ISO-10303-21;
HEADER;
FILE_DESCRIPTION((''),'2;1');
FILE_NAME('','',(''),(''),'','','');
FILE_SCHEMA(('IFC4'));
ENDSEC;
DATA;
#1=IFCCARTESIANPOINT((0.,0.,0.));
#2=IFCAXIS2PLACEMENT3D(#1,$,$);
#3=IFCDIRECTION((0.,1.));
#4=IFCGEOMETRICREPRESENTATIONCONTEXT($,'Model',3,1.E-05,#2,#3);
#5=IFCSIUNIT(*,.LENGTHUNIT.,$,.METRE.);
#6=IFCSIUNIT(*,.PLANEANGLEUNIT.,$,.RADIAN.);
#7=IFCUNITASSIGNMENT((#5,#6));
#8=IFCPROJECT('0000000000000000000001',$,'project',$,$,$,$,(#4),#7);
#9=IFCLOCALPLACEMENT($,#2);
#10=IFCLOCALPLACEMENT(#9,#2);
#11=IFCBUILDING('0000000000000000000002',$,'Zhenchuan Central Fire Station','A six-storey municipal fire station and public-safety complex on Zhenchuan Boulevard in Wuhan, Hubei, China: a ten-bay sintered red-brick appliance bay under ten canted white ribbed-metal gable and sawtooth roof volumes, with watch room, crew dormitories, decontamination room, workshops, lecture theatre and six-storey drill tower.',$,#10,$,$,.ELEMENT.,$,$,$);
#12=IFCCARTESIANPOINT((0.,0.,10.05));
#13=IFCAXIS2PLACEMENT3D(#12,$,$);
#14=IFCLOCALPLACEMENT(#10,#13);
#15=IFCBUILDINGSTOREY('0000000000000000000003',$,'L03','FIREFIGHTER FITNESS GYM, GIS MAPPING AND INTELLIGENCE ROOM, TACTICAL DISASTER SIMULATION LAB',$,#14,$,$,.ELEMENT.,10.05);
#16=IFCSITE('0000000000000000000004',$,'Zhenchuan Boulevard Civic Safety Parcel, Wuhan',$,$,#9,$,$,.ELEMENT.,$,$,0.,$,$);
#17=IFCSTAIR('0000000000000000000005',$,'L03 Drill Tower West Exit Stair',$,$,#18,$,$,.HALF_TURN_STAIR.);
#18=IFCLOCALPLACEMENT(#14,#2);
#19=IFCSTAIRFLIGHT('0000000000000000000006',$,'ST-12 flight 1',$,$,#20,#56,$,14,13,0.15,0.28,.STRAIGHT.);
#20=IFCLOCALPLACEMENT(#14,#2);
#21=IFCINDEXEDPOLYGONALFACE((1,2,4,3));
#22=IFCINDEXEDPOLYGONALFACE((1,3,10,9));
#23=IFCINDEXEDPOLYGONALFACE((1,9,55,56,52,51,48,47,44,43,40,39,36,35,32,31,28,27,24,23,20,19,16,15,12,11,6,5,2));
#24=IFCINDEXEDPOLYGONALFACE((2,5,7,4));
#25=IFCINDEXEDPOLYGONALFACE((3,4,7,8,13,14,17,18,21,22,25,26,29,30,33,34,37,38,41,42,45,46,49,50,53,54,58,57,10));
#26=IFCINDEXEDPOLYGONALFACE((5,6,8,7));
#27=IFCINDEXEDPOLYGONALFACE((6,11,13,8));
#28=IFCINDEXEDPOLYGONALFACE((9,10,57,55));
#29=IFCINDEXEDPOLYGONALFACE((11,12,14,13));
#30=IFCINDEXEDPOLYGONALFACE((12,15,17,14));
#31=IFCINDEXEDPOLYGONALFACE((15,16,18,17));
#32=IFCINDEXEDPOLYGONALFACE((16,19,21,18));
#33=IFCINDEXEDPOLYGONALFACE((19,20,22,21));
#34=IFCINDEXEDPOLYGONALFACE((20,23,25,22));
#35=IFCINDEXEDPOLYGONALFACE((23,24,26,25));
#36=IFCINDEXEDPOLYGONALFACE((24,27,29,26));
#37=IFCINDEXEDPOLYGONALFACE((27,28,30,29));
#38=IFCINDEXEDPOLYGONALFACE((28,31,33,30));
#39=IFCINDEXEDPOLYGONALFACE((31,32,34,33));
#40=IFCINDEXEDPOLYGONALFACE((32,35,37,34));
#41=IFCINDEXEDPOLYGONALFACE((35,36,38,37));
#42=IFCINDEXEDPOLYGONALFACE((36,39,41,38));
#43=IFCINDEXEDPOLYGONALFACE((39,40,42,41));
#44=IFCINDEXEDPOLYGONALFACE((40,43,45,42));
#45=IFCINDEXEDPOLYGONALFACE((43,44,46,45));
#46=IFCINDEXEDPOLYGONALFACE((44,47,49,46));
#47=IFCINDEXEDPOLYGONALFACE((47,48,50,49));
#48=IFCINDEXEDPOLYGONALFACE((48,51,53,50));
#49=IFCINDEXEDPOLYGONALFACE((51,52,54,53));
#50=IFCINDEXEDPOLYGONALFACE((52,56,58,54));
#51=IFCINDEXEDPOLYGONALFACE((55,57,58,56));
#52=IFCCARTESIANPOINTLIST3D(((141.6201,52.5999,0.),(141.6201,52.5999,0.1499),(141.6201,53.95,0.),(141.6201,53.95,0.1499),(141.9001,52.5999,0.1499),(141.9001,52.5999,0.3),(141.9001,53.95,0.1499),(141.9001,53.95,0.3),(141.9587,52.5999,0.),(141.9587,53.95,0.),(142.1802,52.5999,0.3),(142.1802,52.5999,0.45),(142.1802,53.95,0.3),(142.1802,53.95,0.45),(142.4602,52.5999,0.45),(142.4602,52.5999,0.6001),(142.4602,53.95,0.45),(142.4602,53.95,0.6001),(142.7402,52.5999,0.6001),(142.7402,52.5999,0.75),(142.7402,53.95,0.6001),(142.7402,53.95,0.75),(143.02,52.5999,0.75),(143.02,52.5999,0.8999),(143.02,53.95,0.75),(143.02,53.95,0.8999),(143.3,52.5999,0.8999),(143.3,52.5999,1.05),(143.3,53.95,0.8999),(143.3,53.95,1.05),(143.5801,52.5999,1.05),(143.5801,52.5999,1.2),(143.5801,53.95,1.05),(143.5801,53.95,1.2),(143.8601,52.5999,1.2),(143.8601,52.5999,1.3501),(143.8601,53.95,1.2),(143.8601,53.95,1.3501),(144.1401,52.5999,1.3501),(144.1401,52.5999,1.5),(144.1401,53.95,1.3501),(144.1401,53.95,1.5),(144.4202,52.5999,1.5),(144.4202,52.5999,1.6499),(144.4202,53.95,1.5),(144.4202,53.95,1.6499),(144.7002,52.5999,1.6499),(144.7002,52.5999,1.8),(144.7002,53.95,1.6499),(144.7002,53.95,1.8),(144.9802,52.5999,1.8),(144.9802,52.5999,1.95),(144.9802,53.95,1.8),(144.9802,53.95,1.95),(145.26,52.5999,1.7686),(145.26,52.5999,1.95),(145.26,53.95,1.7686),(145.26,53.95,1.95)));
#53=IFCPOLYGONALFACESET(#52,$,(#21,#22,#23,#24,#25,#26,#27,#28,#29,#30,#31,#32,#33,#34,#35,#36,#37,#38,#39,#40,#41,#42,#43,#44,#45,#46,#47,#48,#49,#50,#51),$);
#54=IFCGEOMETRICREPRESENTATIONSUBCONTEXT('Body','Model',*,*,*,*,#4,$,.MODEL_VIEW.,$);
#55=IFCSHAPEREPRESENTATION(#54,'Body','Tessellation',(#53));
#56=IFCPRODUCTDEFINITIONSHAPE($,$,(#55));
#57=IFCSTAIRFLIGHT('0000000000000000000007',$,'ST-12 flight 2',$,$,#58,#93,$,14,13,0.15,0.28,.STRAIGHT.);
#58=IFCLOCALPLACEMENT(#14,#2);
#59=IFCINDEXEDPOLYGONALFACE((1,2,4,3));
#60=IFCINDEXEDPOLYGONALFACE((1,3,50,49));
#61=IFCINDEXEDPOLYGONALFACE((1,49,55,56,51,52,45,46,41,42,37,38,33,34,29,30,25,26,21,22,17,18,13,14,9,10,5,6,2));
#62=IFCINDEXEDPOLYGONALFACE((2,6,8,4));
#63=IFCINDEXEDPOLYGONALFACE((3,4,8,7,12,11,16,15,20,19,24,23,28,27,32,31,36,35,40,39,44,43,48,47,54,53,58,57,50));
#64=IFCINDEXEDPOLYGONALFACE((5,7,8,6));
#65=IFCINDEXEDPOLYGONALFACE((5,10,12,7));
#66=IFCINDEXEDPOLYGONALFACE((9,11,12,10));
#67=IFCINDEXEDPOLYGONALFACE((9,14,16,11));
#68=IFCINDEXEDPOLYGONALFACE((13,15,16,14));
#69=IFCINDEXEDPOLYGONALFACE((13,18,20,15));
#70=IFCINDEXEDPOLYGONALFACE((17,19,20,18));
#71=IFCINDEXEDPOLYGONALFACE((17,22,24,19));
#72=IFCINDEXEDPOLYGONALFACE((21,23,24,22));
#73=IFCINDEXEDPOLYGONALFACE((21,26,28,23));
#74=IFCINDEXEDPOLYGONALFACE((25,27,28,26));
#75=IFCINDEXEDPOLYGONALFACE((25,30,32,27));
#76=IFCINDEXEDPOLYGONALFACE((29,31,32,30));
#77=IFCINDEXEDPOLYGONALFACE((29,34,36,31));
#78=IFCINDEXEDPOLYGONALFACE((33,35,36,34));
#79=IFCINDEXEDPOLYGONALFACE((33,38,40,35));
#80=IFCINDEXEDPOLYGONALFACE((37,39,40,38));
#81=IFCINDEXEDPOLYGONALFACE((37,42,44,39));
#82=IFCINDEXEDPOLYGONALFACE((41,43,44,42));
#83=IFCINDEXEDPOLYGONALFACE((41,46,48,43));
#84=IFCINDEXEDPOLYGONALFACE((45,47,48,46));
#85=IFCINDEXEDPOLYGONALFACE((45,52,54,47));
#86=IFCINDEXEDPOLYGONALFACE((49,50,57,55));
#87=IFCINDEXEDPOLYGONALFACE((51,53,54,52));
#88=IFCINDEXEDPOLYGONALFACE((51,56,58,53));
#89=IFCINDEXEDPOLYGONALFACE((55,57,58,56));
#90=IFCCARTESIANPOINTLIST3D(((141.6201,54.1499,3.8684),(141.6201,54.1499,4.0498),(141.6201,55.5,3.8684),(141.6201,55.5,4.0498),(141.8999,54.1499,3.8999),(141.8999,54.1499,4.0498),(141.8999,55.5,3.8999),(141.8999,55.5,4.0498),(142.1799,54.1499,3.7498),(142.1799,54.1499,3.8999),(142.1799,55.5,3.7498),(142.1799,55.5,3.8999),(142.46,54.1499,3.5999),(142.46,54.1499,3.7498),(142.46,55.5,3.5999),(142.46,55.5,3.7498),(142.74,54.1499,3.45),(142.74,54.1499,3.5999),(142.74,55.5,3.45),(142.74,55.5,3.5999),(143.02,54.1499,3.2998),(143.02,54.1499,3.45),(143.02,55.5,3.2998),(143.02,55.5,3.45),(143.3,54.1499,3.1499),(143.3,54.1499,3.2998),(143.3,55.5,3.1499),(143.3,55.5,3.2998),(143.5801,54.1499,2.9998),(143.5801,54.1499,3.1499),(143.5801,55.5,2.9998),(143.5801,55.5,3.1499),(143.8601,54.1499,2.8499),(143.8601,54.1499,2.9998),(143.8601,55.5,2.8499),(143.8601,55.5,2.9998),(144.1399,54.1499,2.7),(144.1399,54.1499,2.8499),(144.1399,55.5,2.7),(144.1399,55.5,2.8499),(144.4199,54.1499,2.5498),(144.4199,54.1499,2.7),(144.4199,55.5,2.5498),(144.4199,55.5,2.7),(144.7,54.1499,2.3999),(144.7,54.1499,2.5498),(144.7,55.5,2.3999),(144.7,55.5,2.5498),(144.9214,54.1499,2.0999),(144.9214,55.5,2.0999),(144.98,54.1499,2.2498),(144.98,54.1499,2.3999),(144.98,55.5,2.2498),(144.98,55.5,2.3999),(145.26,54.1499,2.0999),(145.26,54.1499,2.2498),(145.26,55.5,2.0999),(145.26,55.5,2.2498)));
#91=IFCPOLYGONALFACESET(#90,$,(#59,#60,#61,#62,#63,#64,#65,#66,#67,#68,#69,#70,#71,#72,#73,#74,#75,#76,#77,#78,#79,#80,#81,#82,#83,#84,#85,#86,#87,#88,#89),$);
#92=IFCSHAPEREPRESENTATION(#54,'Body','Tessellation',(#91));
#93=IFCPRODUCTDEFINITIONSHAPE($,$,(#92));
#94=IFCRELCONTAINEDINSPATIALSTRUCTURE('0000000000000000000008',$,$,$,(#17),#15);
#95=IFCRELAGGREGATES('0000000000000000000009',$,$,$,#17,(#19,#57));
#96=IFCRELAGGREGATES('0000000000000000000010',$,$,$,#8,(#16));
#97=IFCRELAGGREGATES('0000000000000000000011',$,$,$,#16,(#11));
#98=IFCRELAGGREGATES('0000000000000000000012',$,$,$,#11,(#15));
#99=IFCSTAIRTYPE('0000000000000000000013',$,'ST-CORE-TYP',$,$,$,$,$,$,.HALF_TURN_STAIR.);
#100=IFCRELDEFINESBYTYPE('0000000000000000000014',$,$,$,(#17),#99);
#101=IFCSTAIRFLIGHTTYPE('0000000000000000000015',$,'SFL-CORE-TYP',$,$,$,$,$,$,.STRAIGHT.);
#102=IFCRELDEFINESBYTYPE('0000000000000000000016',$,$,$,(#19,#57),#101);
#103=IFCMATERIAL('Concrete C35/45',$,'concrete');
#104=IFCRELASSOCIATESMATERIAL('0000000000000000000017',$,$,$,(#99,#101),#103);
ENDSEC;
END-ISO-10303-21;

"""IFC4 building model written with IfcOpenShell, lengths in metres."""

from ifc_helpers import new_model, si_unit, direction, frame, origin, place, context, subcontext, project, spatial, polyline, outline, extrude, material, type_object, element, aggregate, save


model = new_model("IFC4")

# Units and contexts
model_context = context("Model", 3, precision=1e-05, world=origin(), true_north=direction((0.0, 1.0)))
body_context = subcontext(model_context, "Body", "Model", "MODEL_VIEW")
ifc_project = project(units=[si_unit("LENGTHUNIT", "METRE"), si_unit("PLANEANGLEUNIT", "RADIAN")], contexts=[model_context])

# Site, building, storey
site_placement = place(None, origin())
site = spatial("IfcSite", under=ifc_project, at=site_placement, Name="Zhenchuan Boulevard Civic Safety Parcel, Wuhan", CompositionType="ELEMENT", RefElevation=0.0)
building_placement = place(site_placement, origin())
building = spatial("IfcBuilding", under=site, at=building_placement, Name="Zhenchuan Central Fire Station", Description="A six-storey municipal fire station and public-safety complex on Zhenchuan Boulevard in Wuhan, Hubei, China: a ten-bay sintered red-brick appliance bay under ten canted white ribbed-metal gable and sawtooth roof volumes, with watch room, crew dormitories, decontamination room, workshops, lecture theatre and six-storey drill tower.", CompositionType="ELEMENT")
storey_placement = place(building_placement, frame((0.0, 0.0, 10.05)))
storey = spatial("IfcBuildingStorey", under=building, at=storey_placement, Name="L03", Description="FIREFIGHTER FITNESS GYM, GIS MAPPING AND INTELLIGENCE ROOM, TACTICAL DISASTER SIMULATION LAB", CompositionType="ELEMENT", Elevation=10.05)

# Stair, stair flights
ifc_material_1 = material(Name="Concrete C35/45", Category="concrete")
stair_type = type_object("IfcStairType", Name="ST-CORE-TYP", PredefinedType="HALF_TURN_STAIR", material=ifc_material_1)
stair_placement = place(storey_placement, origin())
stair = element("IfcStair", 1, at=stair_placement, inside=storey, type_object=stair_type, Name="L03 Drill Tower West Exit Stair", PredefinedType="HALF_TURN_STAIR")
stair_flight_type = type_object("IfcStairFlightType", Name="SFL-CORE-TYP", PredefinedType="STRAIGHT", material=ifc_material_1)
stair_flight_1_placement = place(storey_placement, frame((141.6201, 53.2749, 0.0), z_axis=(0.0, 0.0, 1.0), x_axis=(1.0, 0.0, 0.0)))
stair_flight_1 = element("IfcStairFlight", 2, at=stair_flight_1_placement, type_object=stair_flight_type, Name="ST-12 flight 1", NumberOfRisers=14, NumberOfTreads=13, PredefinedType="STRAIGHT", RiserHeight=0.15, TreadLength=0.28, context=body_context, shape_type="SweptSolid", body=[
    extrude(outline(polyline([(0.0, 0.0), (0.0, 0.1499), (0.28, 0.1499), (0.28, 0.3), (0.5601, 0.3), (0.5601, 0.45), (0.8401, 0.45), (0.8401, 0.6001), (1.1201, 0.6001), (1.1201, 0.75), (1.3999, 0.75), (1.3999, 0.8999), (1.6799, 0.8999), (1.6799, 1.05), (1.96, 1.05), (1.96, 1.2), (2.24, 1.2), (2.24, 1.3501), (2.52, 1.3501), (2.52, 1.5), (2.8, 1.5), (2.8, 1.6499), (3.0801, 1.6499), (3.0801, 1.8), (3.3601, 1.8), (3.3601, 1.95), (3.6399, 1.95), (3.6399, 2.1001), (3.6399, 1.7686), (0.3386, 0.0), (0.0, 0.0)])), frame((0.0, 0.675, 0.0), z_axis=(0.0, -1.0, 0.0), x_axis=(1.0, 0.0, 0.0)), (0.0, 0.0, 1.0), 1.3501),
])
stair_flight_2_placement = place(storey_placement, frame((145.26, 54.825, 2.0999), z_axis=(0.0, 0.0, 1.0), x_axis=(-1.0, 0.0, 0.0)))
stair_flight_2 = element("IfcStairFlight", 3, at=stair_flight_2_placement, type_object=stair_flight_type, Name="ST-12 flight 2", NumberOfRisers=14, NumberOfTreads=13, PredefinedType="STRAIGHT", RiserHeight=0.15, TreadLength=0.28, context=body_context, shape_type="SweptSolid", body=[
    extrude(outline(polyline([(0.0, 0.0), (0.0, 0.1499), (0.28, 0.1499), (0.28, 0.3), (0.5601, 0.3), (0.5601, 0.45), (0.8401, 0.45), (0.8401, 0.6001), (1.1201, 0.6001), (1.1201, 0.75), (1.3999, 0.75), (1.3999, 0.8999), (1.6799, 0.8999), (1.6799, 1.05), (1.96, 1.05), (1.96, 1.2), (2.24, 1.2), (2.24, 1.3501), (2.52, 1.3501), (2.52, 1.5), (2.8, 1.5), (2.8, 1.6499), (3.0801, 1.6499), (3.0801, 1.8), (3.3601, 1.8), (3.3601, 1.95), (3.6399, 1.95), (3.6399, 2.1001), (3.6399, 1.7686), (0.3386, 0.0), (0.0, 0.0)])), frame((0.0, 0.675, 0.0), z_axis=(0.0, -1.0, 0.0), x_axis=(1.0, 0.0, 0.0)), (0.0, 0.0, 1.0), 1.3501),
])
aggregate(stair, [stair_flight_1, stair_flight_2])

save(model, "model.ifc")
